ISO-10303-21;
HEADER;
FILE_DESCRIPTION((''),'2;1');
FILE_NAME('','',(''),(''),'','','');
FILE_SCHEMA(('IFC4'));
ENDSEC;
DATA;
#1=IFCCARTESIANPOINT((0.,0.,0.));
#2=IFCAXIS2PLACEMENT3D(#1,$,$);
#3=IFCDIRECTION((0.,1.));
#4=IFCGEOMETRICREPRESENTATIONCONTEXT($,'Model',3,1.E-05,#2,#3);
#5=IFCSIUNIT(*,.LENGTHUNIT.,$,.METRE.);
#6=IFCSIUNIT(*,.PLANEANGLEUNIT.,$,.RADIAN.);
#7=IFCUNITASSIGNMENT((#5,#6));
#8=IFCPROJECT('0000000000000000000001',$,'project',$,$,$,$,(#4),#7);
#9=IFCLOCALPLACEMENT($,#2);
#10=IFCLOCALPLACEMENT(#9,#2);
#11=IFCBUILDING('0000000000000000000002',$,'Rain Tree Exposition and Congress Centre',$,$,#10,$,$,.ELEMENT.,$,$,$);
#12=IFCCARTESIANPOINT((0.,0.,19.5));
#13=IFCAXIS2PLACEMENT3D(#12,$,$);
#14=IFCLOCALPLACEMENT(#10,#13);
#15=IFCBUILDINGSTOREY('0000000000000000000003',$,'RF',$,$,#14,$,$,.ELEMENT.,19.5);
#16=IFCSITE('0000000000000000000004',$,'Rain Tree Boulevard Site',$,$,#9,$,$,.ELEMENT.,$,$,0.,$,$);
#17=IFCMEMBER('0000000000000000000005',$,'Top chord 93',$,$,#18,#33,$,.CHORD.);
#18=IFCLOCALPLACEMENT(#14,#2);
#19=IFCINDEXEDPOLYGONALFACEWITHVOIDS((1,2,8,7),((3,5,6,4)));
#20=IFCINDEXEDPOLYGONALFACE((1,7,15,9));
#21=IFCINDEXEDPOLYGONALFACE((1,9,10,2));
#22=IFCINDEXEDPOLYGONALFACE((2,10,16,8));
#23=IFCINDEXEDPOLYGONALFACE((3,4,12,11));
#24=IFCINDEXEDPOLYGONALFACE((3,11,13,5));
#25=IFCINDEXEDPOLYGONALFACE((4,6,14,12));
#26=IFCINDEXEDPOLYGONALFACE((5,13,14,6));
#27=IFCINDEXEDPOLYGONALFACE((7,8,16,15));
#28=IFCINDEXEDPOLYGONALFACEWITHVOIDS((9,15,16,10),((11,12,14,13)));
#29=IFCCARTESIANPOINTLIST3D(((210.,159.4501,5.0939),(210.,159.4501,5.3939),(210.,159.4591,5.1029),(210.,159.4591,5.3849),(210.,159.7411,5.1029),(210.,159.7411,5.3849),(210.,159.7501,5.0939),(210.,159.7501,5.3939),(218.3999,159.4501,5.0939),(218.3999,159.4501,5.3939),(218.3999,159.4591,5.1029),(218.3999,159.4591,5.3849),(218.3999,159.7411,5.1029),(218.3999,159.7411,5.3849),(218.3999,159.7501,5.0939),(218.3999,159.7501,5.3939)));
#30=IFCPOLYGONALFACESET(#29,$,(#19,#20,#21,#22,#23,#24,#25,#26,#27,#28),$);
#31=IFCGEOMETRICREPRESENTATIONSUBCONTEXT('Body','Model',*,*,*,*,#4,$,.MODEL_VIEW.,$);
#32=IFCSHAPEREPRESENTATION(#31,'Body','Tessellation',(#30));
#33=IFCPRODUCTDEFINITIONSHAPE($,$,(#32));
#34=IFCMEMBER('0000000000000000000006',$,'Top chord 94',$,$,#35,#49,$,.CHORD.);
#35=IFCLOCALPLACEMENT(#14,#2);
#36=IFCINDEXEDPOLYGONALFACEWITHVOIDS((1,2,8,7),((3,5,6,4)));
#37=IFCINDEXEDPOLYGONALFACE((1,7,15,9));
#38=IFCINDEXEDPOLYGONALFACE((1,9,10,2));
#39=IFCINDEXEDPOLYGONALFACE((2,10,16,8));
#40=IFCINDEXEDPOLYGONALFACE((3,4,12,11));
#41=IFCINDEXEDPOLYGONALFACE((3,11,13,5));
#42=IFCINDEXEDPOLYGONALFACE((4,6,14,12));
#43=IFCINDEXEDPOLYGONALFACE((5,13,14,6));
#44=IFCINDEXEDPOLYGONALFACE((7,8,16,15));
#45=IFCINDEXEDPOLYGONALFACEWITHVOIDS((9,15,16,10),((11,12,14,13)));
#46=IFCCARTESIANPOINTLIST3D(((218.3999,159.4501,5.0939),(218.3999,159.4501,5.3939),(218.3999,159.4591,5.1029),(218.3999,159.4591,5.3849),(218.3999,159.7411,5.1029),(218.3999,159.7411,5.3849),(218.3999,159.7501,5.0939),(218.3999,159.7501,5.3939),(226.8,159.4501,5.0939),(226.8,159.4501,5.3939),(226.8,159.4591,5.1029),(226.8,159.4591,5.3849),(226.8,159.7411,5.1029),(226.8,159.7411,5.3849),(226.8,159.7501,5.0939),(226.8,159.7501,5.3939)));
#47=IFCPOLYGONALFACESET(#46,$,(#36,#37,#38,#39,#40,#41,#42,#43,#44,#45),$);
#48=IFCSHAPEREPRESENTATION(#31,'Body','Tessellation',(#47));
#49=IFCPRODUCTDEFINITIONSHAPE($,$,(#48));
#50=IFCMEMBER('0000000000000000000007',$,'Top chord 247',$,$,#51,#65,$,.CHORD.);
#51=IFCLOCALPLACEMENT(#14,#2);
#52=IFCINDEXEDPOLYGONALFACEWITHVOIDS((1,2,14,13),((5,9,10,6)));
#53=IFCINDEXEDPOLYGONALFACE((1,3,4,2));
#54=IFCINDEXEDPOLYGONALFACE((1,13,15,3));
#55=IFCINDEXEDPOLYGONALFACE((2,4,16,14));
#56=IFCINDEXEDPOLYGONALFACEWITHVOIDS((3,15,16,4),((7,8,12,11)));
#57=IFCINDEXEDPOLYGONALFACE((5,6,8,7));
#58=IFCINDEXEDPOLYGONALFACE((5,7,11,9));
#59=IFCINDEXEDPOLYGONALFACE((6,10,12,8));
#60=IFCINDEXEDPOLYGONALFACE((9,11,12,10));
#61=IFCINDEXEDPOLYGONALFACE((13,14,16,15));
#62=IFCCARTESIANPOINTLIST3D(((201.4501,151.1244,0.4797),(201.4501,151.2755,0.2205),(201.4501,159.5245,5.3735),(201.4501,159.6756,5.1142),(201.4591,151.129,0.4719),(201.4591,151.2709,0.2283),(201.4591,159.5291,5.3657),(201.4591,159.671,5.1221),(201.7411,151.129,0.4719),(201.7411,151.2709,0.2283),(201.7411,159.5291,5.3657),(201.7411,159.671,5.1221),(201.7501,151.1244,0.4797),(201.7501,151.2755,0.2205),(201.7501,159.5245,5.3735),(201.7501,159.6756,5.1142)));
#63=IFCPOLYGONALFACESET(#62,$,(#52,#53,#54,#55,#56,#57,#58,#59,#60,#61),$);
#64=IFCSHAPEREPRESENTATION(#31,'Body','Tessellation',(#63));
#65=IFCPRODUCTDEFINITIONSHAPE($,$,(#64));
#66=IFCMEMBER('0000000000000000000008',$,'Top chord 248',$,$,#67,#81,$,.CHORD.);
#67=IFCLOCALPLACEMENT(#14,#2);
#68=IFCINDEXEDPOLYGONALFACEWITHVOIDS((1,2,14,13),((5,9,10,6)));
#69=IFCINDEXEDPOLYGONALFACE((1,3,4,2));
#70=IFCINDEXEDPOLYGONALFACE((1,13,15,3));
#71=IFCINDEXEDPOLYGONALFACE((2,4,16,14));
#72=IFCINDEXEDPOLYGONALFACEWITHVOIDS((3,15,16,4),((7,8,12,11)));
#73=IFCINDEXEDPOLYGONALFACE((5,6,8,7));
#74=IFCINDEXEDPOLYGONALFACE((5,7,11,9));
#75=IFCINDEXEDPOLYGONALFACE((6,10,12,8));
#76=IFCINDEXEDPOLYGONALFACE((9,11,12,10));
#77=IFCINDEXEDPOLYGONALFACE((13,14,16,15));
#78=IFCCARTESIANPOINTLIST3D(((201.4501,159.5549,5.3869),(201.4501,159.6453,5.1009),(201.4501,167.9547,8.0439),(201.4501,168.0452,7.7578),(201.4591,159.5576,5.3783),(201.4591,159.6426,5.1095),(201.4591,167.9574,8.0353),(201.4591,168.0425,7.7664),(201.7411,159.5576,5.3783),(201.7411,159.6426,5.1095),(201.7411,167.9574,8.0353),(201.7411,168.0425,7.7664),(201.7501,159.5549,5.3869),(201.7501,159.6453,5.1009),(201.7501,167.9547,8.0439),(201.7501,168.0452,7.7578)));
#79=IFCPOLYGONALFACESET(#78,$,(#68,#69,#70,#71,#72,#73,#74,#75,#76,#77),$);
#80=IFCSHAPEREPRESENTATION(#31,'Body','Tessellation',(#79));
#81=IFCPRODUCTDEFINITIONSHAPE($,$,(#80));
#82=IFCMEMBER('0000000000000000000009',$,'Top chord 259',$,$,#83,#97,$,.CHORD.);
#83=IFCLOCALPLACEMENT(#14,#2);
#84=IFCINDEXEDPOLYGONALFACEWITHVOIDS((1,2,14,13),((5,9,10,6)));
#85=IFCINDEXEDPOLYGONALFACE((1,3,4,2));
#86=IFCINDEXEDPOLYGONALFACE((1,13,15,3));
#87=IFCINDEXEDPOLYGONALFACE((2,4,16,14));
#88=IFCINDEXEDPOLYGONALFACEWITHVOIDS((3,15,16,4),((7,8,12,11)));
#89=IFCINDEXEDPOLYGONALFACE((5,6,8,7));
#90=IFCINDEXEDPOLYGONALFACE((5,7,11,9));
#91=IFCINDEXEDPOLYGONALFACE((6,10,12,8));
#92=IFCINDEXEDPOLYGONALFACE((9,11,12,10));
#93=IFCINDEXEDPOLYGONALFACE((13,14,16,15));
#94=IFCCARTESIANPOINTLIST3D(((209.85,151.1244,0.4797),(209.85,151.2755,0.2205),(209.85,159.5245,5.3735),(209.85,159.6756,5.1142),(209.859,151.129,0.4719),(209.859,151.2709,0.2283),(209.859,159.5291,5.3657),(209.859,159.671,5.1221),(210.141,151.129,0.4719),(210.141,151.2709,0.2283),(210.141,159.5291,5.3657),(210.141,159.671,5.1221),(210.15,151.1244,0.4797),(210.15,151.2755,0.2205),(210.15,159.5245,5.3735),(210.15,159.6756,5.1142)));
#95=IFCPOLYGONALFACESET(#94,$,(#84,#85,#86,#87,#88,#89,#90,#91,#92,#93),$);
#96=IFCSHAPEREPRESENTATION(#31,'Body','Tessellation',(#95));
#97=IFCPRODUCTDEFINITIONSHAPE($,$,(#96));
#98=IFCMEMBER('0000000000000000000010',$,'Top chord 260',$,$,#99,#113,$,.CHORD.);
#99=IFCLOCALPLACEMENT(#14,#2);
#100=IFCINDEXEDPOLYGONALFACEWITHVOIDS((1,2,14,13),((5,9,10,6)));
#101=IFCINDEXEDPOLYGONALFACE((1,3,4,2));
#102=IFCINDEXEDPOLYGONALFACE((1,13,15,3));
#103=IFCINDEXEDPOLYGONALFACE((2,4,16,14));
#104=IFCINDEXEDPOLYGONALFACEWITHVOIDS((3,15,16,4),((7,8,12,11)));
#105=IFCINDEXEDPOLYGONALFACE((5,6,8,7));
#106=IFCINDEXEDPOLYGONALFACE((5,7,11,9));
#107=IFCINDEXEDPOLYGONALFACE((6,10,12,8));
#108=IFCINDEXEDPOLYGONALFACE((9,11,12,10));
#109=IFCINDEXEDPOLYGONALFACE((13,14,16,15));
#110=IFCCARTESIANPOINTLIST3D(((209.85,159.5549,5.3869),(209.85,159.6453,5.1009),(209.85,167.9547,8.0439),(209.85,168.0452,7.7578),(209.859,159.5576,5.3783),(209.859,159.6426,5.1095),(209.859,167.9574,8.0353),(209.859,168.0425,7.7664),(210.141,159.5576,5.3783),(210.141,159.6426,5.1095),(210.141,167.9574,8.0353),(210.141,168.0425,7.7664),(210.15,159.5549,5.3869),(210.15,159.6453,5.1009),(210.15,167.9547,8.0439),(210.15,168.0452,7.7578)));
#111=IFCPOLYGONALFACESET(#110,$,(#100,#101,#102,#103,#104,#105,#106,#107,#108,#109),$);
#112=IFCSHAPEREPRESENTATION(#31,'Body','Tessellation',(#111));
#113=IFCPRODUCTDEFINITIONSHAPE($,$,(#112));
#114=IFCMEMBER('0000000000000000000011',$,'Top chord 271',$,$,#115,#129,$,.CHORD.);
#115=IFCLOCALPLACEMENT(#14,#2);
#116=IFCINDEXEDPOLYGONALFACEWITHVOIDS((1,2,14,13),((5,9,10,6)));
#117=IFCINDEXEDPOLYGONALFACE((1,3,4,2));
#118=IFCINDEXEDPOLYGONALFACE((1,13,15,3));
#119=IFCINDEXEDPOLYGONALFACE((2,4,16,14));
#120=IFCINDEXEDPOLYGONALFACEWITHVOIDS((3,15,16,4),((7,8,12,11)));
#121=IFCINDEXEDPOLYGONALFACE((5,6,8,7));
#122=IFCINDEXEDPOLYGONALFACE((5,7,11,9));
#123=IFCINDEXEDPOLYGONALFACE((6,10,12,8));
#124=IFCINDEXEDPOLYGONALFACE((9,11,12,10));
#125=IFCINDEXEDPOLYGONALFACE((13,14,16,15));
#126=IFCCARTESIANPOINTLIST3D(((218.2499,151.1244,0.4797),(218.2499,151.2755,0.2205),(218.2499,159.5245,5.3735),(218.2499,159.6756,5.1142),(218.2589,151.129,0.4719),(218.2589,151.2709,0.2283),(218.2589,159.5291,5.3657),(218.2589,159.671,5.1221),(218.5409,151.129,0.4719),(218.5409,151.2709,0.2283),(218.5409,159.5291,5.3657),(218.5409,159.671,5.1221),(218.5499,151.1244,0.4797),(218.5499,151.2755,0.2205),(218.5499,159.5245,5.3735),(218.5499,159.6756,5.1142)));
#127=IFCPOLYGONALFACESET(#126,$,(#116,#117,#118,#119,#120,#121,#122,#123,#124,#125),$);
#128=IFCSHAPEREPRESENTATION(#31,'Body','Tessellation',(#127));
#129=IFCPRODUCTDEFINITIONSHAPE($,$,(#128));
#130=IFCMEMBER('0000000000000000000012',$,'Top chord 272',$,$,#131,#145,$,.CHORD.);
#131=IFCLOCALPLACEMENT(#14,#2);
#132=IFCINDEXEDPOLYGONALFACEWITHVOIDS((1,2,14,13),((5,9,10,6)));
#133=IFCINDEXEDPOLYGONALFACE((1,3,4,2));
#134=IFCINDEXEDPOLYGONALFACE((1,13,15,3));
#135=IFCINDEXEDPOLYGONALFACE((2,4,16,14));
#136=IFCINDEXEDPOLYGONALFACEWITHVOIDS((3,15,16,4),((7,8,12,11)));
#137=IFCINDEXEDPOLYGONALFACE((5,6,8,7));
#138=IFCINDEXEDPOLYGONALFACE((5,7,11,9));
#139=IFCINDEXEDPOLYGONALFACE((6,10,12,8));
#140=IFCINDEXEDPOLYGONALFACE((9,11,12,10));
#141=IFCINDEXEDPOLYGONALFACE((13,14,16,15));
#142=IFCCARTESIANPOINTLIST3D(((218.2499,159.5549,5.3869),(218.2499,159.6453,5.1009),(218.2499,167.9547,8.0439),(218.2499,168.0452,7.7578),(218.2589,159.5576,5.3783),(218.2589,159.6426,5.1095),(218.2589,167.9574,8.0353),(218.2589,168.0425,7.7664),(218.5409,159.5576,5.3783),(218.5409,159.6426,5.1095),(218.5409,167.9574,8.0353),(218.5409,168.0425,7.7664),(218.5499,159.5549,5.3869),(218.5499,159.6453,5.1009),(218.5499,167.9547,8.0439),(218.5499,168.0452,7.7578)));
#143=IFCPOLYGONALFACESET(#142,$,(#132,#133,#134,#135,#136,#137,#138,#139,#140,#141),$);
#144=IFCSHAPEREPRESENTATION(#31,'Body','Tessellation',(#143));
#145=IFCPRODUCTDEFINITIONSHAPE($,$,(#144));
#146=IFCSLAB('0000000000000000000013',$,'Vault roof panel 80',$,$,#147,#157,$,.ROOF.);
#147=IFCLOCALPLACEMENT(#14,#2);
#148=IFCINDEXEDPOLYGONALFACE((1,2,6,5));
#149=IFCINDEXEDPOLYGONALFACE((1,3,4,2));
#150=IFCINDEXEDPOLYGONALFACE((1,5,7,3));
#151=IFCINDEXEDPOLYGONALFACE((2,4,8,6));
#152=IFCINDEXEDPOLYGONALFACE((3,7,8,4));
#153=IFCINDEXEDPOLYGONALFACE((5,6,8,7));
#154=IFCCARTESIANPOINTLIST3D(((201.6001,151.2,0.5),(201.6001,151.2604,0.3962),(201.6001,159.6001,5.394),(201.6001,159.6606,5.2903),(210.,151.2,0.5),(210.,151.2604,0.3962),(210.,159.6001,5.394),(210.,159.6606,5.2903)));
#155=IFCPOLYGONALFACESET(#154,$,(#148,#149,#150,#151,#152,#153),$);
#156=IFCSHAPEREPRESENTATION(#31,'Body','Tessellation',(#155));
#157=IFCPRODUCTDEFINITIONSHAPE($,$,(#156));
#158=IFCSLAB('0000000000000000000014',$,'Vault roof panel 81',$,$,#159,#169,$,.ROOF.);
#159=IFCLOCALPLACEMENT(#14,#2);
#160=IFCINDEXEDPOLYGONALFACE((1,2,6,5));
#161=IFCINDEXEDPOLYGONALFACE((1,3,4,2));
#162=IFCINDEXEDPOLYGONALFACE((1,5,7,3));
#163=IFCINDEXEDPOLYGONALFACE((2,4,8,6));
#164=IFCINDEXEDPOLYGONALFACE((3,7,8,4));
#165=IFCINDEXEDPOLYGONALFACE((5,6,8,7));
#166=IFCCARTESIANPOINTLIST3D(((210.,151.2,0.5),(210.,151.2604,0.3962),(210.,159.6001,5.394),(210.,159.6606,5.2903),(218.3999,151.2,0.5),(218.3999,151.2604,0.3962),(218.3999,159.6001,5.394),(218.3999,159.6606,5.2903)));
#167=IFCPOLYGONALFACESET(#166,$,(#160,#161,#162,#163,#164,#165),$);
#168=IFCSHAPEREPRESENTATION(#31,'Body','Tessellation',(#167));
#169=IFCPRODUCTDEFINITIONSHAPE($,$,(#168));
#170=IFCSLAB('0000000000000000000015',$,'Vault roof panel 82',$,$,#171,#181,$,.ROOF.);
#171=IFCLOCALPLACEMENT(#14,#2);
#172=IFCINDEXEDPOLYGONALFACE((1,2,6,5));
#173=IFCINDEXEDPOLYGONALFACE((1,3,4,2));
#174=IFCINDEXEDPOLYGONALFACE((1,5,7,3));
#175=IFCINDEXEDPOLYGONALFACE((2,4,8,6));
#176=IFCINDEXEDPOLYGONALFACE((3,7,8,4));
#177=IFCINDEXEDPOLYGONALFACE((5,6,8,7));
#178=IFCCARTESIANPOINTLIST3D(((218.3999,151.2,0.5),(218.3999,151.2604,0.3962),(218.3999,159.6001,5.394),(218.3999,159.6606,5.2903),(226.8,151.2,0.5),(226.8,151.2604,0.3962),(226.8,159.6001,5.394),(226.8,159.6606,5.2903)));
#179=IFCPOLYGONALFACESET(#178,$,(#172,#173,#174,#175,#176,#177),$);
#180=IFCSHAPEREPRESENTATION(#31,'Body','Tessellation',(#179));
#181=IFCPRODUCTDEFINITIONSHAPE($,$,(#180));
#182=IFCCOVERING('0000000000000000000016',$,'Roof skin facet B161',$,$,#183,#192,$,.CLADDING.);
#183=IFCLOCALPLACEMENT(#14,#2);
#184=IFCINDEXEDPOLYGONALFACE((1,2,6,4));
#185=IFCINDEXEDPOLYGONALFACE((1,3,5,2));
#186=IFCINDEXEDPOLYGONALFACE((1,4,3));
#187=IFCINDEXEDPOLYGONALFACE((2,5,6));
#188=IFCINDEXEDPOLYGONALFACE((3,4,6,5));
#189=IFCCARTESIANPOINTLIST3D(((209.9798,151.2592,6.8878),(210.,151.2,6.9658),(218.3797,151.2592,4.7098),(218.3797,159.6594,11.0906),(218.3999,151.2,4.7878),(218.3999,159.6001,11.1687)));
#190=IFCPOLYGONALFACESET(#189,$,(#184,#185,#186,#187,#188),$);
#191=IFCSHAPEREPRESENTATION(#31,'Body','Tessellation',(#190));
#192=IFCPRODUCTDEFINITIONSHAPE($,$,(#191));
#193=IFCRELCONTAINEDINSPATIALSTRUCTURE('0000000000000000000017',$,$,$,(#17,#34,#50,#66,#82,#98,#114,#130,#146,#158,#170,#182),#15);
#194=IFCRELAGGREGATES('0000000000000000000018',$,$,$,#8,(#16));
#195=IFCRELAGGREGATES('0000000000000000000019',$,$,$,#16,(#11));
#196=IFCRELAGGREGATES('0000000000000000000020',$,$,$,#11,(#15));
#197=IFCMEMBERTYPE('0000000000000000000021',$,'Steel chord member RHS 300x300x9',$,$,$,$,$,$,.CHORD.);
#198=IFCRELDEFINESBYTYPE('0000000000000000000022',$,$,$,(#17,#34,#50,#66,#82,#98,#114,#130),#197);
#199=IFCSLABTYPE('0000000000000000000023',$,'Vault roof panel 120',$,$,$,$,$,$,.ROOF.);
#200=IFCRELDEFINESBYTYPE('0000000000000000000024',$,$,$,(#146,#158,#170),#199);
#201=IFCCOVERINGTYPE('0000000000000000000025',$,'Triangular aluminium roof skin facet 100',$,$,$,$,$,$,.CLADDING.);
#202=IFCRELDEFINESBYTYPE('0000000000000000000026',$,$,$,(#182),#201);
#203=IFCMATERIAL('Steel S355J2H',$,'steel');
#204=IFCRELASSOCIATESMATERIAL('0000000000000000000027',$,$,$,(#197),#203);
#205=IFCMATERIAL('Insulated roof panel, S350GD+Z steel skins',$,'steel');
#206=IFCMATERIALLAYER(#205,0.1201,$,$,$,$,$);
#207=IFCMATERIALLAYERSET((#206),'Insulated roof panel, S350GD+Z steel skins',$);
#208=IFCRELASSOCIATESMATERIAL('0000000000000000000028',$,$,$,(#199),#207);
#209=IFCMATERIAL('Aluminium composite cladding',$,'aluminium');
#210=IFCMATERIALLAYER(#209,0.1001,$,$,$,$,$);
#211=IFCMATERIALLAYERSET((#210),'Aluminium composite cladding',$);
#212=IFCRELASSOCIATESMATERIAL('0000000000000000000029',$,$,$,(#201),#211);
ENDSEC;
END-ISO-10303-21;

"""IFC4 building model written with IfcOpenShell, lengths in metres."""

from ifc_helpers import new_model, si_unit, direction, frame, origin, origin_2d, place, context, subcontext, project, spatial, polyline, hollow_rectangle, outline, extrude, material, layer, layer_set, material_profile, profile_set, type_object, element, save


model = new_model("IFC4")

# Units and contexts
model_context = context("Model", 3, precision=1e-05, world=origin(), true_north=direction((0.0, 1.0)))
body_context = subcontext(model_context, "Body", "Model", "MODEL_VIEW")
ifc_project = project(units=[si_unit("LENGTHUNIT", "METRE"), si_unit("PLANEANGLEUNIT", "RADIAN")], contexts=[model_context])

# Site, building, storey
site_placement = place(None, origin())
site = spatial("IfcSite", under=ifc_project, at=site_placement, Name="Rain Tree Boulevard Site", CompositionType="ELEMENT", RefElevation=0.0)
building_placement = place(site_placement, origin())
building = spatial("IfcBuilding", under=site, at=building_placement, Name="Rain Tree Exposition and Congress Centre", CompositionType="ELEMENT")
storey_placement = place(building_placement, frame((0.0, 0.0, 19.5)))
storey = spatial("IfcBuildingStorey", under=building, at=storey_placement, Name="RF", CompositionType="ELEMENT", Elevation=19.5)

# Members
ifc_material_1 = material(Name="Steel S355J2H", Category="steel")
ifc_material_profile_1 = material_profile(ifc_material_1, hollow_rectangle(XDim=0.3, YDim=0.3, WallThickness=0.009, at=origin_2d()), Name="RHS 300x300x9")
ifc_profile_set_1 = profile_set([ifc_material_profile_1], Name="Steel S355J2H")
member_type_1 = type_object("IfcMemberType", Name="Steel chord member RHS 300x300x9", PredefinedType="CHORD", material=ifc_profile_set_1)
for number, where, z_axis, x_axis, name in (
    (1, (210.0, 159.6001, 5.2439), (1.0, 0.0, 0.0), (0.0, 1.0, 0.0), "Top chord 93"),
):
    element("IfcMember", number, at=place(storey_placement, frame(where, z_axis=z_axis, x_axis=x_axis)), inside=storey, type_object=member_type_1, Name=name, PredefinedType="CHORD", context=body_context, shape_type="SweptSolid", body=[
        extrude(hollow_rectangle(XDim=0.3, YDim=0.3, WallThickness=0.009, at=origin_2d()), origin(), (0.0, 0.0, 1.0), 8.3999),
    ])
member_1_placement = place(storey_placement, frame((218.3999, 159.6001, 5.2439), z_axis=(1.0, 0.0, 0.0), x_axis=(0.0, 1.0, 0.0)))
element("IfcMember", 2, at=member_1_placement, inside=storey, type_object=member_type_1, Name="Top chord 94", PredefinedType="CHORD", context=body_context, shape_type="SweptSolid", body=[
    extrude(hollow_rectangle(XDim=0.3, YDim=0.3, WallThickness=0.009, at=origin_2d()), origin(), (0.0, 0.0, 1.0), 8.4001),
])
member_2_placement = place(storey_placement, frame((201.6001, 151.2, 0.3501), z_axis=(0.0, 0.86406, 0.503388), x_axis=(-1.0, 0.0, 0.0)))
element("IfcMember", 3, at=member_2_placement, inside=storey, type_object=member_type_1, Name="Top chord 247", PredefinedType="CHORD", context=body_context, shape_type="SweptSolid", body=[
    extrude(hollow_rectangle(XDim=0.3, YDim=0.3, WallThickness=0.009, at=origin_2d()), origin(), (0.0, 0.0, 1.0), 9.7217),
])
member_3_placement = place(storey_placement, frame((201.6001, 159.6001, 5.2439), z_axis=(0.0, 0.95344, 0.301584), x_axis=(-1.0, 0.0, 0.0)))
element("IfcMember", 4, at=member_3_placement, inside=storey, type_object=member_type_1, Name="Top chord 248", PredefinedType="CHORD", context=body_context, shape_type="SweptSolid", body=[
    extrude(hollow_rectangle(XDim=0.3, YDim=0.3, WallThickness=0.009, at=origin_2d()), origin(), (0.0, 0.0, 1.0), 8.8101),
])
member_4_placement = place(storey_placement, frame((210.0, 151.2, 0.3501), z_axis=(0.0, 0.86406, 0.503388), x_axis=(-1.0, 0.0, 0.0)))
element("IfcMember", 5, at=member_4_placement, inside=storey, type_object=member_type_1, Name="Top chord 259", PredefinedType="CHORD", context=body_context, shape_type="SweptSolid", body=[
    extrude(hollow_rectangle(XDim=0.3, YDim=0.3, WallThickness=0.009, at=origin_2d()), origin(), (0.0, 0.0, 1.0), 9.7217),
])
member_5_placement = place(storey_placement, frame((210.0, 159.6001, 5.2439), z_axis=(0.0, 0.95344, 0.301584), x_axis=(-1.0, 0.0, 0.0)))
element("IfcMember", 6, at=member_5_placement, inside=storey, type_object=member_type_1, Name="Top chord 260", PredefinedType="CHORD", context=body_context, shape_type="SweptSolid", body=[
    extrude(hollow_rectangle(XDim=0.3, YDim=0.3, WallThickness=0.009, at=origin_2d()), origin(), (0.0, 0.0, 1.0), 8.8101),
])
member_6_placement = place(storey_placement, frame((218.3999, 151.2, 0.3501), z_axis=(0.0, 0.86406, 0.503388), x_axis=(-1.0, 0.0, 0.0)))
element("IfcMember", 7, at=member_6_placement, inside=storey, type_object=member_type_1, Name="Top chord 271", PredefinedType="CHORD", context=body_context, shape_type="SweptSolid", body=[
    extrude(hollow_rectangle(XDim=0.3, YDim=0.3, WallThickness=0.009, at=origin_2d()), origin(), (0.0, 0.0, 1.0), 9.7217),
])
member_7_placement = place(storey_placement, frame((218.3999, 159.6001, 5.2439), z_axis=(0.0, 0.95344, 0.301584), x_axis=(-1.0, 0.0, 0.0)))
element("IfcMember", 8, at=member_7_placement, inside=storey, type_object=member_type_1, Name="Top chord 272", PredefinedType="CHORD", context=body_context, shape_type="SweptSolid", body=[
    extrude(hollow_rectangle(XDim=0.3, YDim=0.3, WallThickness=0.009, at=origin_2d()), origin(), (0.0, 0.0, 1.0), 8.8101),
])

# Slabs
ifc_material_2 = material(Name="Insulated roof panel, S350GD+Z steel skins", Category="steel")
ifc_layer_1 = layer(ifc_material_2, 0.1201)
ifc_layer_set_1 = layer_set([ifc_layer_1], Name="Insulated roof panel, S350GD+Z steel skins")
slab_type = type_object("IfcSlabType", Name="Vault roof panel 120", PredefinedType="ROOF", material=ifc_layer_set_1)
for number, where, z_axis, x_axis, name in (
    (9, (201.6001, 151.2, 0.5), (0.0, -0.503407, 0.864049), (1.0, 0.0, 0.0), "Vault roof panel 80"),
    (10, (210.0, 151.2, 0.5), (0.0, -0.503407, 0.864049), (1.0, 0.0, 0.0), "Vault roof panel 81"),
):
    element("IfcSlab", number, at=place(storey_placement, frame(where, z_axis=z_axis, x_axis=x_axis)), inside=storey, type_object=slab_type, Name=name, PredefinedType="ROOF", context=body_context, shape_type="SweptSolid", body=[
        extrude(outline(polyline([(0.0, 0.0), (8.3999, 0.0), (8.3999, 9.7218), (0.0, 9.7218), (0.0, 0.0)])), origin(), (0.0, 0.0, -1.0), 0.1201),
    ])
slab_placement = place(storey_placement, frame((218.3999, 151.2, 0.5), z_axis=(0.0, -0.503407, 0.864049), x_axis=(1.0, 0.0, 0.0)))
element("IfcSlab", 11, at=slab_placement, inside=storey, type_object=slab_type, Name="Vault roof panel 82", PredefinedType="ROOF", context=body_context, shape_type="SweptSolid", body=[
    extrude(outline(polyline([(0.0, 0.0), (8.4001, 0.0), (8.4001, 9.7218), (0.0, 9.7218), (0.0, 0.0)])), origin(), (0.0, 0.0, -1.0), 0.1201),
])

# Covering
ifc_material_3 = material(Name="Aluminium composite cladding", Category="aluminium")
ifc_layer_2 = layer(ifc_material_3, 0.1001)
ifc_layer_set_2 = layer_set([ifc_layer_2], Name="Aluminium composite cladding")
covering_type = type_object("IfcCoveringType", Name="Triangular aluminium roof skin facet 100", PredefinedType="CLADDING", material=ifc_layer_set_2)
covering_1_placement = place(storey_placement, frame((210.0, 151.2, 6.9658), z_axis=(0.202207, -0.592393, 0.779861), x_axis=(0.967991, 0.0, -0.250987)))
element("IfcCovering", 12, at=covering_1_placement, inside=storey, type_object=covering_type, Name="Roof skin facet B161", PredefinedType="CLADDING", context=body_context, shape_type="SweptSolid", body=[
    extrude(outline(polyline([(0.0, 0.0), (8.6777, 0.0), (7.0762, 10.4266), (0.0, 0.0)])), origin(), (0.0, 0.0, -1.0), 0.1001),
])

save(model, "model.ifc")
